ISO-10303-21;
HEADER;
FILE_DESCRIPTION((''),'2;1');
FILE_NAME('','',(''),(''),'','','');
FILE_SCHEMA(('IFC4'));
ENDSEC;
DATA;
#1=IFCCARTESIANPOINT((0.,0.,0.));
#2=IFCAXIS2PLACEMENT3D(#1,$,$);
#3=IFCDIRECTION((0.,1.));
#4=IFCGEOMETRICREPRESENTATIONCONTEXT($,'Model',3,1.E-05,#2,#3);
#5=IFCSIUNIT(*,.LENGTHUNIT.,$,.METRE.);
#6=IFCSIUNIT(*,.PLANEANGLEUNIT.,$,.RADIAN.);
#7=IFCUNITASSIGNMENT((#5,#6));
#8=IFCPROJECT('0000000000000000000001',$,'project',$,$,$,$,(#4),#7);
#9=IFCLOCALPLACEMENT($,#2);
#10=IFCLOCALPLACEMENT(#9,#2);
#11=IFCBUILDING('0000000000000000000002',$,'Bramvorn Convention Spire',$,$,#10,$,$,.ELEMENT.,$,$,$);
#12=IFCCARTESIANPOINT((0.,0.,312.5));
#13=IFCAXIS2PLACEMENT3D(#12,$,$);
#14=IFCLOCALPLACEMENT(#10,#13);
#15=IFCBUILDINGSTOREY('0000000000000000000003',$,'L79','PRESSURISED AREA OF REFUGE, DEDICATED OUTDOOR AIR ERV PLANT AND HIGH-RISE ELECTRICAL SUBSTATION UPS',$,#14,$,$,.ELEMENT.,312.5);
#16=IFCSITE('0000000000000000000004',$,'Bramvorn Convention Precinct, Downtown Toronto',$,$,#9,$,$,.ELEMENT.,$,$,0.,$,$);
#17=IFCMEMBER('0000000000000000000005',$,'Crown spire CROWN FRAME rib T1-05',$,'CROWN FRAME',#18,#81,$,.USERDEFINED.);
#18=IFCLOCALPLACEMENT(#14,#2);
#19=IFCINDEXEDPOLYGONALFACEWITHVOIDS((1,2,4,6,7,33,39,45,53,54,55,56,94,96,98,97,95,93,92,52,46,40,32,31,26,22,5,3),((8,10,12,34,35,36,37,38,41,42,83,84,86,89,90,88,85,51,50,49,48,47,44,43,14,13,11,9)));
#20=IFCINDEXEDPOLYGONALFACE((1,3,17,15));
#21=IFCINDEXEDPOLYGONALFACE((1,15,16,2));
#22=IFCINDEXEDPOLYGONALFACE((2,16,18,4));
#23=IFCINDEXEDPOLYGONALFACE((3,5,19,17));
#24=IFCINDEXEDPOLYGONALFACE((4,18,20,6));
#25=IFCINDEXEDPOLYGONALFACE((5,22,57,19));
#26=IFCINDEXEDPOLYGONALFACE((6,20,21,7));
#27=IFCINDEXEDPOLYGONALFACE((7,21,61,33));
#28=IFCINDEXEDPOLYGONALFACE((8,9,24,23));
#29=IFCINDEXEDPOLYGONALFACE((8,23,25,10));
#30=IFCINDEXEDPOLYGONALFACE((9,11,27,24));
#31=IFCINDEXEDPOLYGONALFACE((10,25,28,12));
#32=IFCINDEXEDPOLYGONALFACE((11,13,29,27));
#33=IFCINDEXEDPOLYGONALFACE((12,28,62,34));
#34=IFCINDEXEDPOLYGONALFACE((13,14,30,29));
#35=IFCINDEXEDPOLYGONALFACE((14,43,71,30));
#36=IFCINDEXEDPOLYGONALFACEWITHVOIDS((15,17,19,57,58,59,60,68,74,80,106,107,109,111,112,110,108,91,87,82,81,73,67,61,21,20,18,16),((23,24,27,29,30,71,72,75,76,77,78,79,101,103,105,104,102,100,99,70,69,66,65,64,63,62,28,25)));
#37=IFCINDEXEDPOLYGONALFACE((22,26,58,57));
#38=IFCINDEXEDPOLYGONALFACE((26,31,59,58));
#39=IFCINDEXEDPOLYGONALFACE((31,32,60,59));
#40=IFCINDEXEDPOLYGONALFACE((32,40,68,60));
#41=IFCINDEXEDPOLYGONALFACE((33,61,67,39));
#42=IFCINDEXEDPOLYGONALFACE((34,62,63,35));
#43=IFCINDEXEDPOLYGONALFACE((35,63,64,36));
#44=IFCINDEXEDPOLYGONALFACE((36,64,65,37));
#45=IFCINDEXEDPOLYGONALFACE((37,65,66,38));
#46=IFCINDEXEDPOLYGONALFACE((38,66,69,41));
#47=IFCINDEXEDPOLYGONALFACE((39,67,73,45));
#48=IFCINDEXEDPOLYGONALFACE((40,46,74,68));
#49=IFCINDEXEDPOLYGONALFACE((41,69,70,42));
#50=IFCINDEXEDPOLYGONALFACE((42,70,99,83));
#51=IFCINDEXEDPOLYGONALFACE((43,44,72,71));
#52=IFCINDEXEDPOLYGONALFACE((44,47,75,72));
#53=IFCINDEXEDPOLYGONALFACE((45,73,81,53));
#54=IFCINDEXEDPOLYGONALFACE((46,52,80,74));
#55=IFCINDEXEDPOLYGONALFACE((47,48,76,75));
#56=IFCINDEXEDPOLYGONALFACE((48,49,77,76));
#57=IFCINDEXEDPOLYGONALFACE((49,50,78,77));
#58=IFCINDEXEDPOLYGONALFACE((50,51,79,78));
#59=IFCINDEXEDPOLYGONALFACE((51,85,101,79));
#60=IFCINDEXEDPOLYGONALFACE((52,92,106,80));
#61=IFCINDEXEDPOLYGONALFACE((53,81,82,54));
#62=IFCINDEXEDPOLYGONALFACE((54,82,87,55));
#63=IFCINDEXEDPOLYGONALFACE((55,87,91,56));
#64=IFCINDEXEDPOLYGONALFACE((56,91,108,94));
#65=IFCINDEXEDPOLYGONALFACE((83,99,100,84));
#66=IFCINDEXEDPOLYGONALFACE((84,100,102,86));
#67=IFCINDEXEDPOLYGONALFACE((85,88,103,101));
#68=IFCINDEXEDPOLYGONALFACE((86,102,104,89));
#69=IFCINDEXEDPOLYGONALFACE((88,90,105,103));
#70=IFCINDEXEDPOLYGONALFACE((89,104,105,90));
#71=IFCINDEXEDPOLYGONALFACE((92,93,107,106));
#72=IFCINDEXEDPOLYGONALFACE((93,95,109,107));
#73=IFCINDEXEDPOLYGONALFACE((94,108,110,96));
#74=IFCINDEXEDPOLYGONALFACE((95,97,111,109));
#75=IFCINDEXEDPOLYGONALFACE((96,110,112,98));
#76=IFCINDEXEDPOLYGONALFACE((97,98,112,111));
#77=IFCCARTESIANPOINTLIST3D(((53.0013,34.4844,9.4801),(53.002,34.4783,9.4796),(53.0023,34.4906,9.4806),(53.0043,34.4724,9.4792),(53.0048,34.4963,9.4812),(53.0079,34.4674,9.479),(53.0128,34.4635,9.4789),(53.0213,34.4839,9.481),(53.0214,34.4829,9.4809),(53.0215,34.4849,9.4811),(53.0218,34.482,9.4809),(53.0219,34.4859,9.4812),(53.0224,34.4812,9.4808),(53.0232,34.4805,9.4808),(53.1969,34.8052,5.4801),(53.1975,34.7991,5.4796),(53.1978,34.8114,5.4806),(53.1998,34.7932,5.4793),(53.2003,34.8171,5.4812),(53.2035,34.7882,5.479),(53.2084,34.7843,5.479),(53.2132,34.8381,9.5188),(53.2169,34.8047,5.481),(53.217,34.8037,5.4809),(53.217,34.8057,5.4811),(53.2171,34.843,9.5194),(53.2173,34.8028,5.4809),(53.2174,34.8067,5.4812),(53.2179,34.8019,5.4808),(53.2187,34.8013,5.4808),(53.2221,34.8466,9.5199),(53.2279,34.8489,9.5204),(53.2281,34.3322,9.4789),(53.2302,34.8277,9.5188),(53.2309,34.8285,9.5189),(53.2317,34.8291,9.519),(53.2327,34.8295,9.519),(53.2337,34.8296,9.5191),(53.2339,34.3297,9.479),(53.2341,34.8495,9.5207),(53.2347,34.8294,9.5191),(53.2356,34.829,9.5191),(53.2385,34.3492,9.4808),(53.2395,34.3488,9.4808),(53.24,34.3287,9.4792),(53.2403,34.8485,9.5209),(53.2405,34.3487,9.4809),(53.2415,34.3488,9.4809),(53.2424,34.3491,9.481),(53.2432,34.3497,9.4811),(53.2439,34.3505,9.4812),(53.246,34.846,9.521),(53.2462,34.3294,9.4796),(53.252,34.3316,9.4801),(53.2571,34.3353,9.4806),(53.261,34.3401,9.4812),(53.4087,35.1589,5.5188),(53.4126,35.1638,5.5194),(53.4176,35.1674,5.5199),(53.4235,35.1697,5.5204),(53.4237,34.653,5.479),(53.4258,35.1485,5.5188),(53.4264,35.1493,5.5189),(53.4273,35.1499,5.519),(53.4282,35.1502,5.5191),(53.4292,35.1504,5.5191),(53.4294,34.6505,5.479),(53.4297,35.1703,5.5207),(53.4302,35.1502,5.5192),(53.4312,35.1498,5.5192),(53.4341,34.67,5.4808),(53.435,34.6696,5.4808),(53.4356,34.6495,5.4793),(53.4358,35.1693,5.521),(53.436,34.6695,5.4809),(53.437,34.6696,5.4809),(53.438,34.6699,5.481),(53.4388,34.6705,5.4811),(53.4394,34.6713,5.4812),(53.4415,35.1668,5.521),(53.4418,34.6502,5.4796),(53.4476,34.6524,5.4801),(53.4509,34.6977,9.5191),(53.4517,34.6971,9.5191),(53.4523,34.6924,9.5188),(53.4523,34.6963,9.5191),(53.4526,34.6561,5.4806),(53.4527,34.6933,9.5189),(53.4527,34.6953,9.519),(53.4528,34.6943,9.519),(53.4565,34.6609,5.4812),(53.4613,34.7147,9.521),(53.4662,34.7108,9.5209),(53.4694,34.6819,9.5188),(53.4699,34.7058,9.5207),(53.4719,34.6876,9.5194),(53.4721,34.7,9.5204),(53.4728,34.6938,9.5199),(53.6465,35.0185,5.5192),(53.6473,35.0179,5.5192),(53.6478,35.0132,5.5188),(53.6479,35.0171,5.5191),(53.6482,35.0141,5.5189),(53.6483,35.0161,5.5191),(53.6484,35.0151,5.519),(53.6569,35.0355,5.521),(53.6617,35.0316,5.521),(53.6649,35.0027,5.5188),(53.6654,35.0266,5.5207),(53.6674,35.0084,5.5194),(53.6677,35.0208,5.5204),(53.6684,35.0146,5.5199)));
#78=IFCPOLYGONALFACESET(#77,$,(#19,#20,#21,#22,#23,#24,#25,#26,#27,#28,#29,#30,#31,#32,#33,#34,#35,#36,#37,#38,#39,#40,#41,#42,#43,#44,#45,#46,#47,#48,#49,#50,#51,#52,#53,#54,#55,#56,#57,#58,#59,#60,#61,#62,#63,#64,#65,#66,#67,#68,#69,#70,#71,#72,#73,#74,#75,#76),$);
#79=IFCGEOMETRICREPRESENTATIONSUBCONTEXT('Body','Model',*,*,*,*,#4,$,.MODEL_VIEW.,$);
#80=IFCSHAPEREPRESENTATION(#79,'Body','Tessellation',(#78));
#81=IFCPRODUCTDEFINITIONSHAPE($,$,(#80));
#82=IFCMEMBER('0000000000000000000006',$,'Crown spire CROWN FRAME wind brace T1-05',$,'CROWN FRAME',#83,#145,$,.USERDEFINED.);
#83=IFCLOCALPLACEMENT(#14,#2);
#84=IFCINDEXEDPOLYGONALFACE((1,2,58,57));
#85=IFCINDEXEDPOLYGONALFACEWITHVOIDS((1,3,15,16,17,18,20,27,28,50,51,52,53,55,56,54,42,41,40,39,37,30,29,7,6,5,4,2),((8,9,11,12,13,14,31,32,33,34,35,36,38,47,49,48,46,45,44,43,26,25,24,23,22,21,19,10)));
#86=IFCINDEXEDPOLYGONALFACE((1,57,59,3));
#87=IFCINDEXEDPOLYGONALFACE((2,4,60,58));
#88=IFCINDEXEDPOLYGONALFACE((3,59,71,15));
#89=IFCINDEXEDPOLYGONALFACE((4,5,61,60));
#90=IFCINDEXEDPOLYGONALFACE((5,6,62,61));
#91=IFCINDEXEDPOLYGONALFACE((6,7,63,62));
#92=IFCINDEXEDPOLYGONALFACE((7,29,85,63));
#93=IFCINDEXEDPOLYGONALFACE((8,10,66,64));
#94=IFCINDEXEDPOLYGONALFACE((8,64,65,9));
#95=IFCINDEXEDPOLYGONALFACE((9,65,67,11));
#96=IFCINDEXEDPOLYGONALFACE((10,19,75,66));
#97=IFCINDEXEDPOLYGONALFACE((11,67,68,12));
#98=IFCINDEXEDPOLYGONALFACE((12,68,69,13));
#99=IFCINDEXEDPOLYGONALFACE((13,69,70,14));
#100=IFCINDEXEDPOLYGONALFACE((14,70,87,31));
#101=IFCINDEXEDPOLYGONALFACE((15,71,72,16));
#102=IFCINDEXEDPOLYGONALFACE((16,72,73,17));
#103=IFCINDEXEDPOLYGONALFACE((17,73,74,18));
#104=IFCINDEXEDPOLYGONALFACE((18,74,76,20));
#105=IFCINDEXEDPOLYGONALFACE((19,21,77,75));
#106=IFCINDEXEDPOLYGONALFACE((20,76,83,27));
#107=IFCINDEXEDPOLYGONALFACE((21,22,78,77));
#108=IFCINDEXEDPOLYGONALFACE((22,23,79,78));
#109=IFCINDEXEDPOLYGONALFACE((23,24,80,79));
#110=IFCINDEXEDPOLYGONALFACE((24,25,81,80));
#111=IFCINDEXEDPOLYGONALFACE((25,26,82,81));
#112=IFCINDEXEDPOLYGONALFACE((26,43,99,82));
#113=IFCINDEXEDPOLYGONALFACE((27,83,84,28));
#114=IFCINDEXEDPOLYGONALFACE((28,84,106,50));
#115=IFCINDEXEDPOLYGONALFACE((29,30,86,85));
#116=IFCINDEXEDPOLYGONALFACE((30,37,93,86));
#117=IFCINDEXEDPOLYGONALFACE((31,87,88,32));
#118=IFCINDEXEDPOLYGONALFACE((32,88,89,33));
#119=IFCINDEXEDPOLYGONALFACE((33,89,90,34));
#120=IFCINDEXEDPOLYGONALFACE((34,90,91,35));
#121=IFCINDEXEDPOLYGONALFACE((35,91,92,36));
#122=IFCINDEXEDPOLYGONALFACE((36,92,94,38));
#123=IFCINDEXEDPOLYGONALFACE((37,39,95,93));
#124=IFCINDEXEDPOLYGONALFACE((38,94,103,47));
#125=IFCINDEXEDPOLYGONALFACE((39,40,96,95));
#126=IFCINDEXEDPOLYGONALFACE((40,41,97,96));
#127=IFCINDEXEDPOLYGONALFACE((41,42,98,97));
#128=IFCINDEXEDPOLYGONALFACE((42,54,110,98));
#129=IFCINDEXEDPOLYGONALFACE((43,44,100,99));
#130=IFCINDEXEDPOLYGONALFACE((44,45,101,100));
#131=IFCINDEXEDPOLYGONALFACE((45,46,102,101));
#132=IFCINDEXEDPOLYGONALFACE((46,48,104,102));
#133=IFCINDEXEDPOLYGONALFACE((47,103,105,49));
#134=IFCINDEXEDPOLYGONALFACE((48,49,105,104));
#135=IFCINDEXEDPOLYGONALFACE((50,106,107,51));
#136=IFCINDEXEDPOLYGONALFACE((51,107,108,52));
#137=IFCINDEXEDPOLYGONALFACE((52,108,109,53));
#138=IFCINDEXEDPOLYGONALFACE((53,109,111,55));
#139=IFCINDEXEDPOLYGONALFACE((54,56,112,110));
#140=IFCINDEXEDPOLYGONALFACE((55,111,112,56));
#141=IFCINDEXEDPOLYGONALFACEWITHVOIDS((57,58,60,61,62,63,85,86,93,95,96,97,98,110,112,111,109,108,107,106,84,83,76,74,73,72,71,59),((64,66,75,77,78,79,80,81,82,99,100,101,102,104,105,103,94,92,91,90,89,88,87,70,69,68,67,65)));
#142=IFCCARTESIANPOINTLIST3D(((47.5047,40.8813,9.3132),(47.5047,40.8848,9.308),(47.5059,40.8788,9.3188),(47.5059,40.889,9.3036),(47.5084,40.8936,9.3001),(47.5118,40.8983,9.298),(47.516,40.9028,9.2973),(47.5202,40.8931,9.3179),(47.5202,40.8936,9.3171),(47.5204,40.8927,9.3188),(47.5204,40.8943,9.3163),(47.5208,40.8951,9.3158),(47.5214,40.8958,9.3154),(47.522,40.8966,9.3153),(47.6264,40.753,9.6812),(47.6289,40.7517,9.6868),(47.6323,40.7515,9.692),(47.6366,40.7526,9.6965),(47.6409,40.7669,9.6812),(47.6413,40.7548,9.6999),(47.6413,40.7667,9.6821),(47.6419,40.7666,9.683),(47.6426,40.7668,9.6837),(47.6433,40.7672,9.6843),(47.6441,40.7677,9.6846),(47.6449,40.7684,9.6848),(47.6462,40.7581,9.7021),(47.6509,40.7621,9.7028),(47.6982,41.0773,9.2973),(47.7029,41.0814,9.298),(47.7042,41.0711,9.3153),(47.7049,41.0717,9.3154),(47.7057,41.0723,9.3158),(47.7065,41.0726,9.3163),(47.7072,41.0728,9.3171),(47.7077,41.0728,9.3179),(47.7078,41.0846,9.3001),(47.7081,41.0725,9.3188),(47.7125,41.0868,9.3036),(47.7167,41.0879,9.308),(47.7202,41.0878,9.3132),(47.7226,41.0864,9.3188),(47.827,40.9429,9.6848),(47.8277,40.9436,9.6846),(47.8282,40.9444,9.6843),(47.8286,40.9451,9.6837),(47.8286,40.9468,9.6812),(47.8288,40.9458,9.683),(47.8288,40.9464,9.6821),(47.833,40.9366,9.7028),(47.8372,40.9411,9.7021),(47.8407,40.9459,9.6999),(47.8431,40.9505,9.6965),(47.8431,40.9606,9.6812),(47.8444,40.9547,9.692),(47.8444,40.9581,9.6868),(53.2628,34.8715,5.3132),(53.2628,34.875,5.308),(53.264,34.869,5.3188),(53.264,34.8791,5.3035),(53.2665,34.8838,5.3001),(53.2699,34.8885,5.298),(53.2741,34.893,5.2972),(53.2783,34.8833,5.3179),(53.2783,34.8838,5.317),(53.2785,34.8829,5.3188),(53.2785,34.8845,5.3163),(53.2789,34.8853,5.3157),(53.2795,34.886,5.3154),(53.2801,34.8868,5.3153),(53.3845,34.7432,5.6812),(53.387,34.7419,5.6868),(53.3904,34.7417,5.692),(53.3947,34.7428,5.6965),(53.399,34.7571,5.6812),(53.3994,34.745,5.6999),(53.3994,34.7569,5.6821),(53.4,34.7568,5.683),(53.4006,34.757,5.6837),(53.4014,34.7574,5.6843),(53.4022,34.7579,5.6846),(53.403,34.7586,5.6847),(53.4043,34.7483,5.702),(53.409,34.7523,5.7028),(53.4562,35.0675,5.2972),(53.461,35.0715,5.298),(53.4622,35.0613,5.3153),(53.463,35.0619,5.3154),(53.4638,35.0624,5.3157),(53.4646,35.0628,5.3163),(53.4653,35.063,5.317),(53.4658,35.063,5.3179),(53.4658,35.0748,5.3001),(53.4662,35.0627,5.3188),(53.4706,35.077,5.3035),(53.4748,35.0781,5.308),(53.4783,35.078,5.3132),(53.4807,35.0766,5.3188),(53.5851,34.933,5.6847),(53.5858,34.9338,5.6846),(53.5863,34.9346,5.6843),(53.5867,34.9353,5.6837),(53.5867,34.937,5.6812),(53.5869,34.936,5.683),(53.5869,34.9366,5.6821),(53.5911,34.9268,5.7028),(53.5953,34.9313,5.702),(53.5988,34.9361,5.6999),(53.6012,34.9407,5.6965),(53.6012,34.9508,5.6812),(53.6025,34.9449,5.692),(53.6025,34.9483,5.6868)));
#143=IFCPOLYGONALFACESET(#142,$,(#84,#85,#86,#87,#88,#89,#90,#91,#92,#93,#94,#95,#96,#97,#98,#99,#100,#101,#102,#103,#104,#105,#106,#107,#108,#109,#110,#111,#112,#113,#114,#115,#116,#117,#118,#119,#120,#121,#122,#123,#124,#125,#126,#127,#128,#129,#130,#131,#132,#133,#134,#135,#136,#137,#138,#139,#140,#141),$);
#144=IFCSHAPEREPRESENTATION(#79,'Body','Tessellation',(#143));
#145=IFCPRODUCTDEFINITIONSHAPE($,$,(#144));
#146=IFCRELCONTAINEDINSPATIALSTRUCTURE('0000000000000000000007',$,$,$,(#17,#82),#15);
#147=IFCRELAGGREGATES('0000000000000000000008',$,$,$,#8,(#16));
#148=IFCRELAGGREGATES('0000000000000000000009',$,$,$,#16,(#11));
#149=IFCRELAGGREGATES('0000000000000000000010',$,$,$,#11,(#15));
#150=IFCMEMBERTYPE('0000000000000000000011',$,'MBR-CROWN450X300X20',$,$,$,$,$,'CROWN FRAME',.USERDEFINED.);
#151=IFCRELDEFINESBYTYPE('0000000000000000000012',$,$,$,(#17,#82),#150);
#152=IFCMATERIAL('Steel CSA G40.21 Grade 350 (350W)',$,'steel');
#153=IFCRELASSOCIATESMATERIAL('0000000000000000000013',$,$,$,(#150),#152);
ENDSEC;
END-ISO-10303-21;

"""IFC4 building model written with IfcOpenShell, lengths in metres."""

from ifc_helpers import new_model, si_unit, direction, frame, origin, origin_2d, place, context, subcontext, project, spatial, hollow_rectangle, extrude, material, material_profile, profile_set, type_object, element, save


model = new_model("IFC4")

# Units and contexts
model_context = context("Model", 3, precision=1e-05, world=origin(), true_north=direction((0.0, 1.0)))
body_context = subcontext(model_context, "Body", "Model", "MODEL_VIEW")
ifc_project = project(units=[si_unit("LENGTHUNIT", "METRE"), si_unit("PLANEANGLEUNIT", "RADIAN")], contexts=[model_context])

# Site, building, storey
site_placement = place(None, origin())
site = spatial("IfcSite", under=ifc_project, at=site_placement, Name="Bramvorn Convention Precinct, Downtown Toronto", CompositionType="ELEMENT", RefElevation=0.0)
building_placement = place(site_placement, origin())
building = spatial("IfcBuilding", under=site, at=building_placement, Name="Bramvorn Convention Spire", CompositionType="ELEMENT")
storey_placement = place(building_placement, frame((0.0, 0.0, 312.5)))
storey = spatial("IfcBuildingStorey", under=building, at=storey_placement, Name="L79", Description="PRESSURISED AREA OF REFUGE, DEDICATED OUTDOOR AIR ERV PLANT AND HIGH-RISE ELECTRICAL SUBSTATION UPS", CompositionType="ELEMENT", Elevation=312.5)

# Shared definitions
ifc_material_1 = material(Name="Steel CSA G40.21 Grade 350 (350W)", Category="steel")

# Members
ifc_material_profile_1 = material_profile(ifc_material_1, hollow_rectangle(XDim=0.3, YDim=0.45, WallThickness=0.02, InnerFilletRadius=0.0039, OuterFilletRadius=0.0239, at=origin_2d()))
ifc_profile_set_1 = profile_set([ifc_material_profile_1], Name="Steel CSA G40.21 Grade 350 (350W) - CROWN450X300X20")
member_type_1 = type_object("IfcMemberType", Name="MBR-CROWN450X300X20", ElementType="CROWN FRAME", PredefinedType="USERDEFINED", material=ifc_profile_set_1)
member_1_placement = place(storey_placement, frame((53.4326, 34.9099, 5.5), z_axis=(-0.048675, -0.079849, 0.995618), x_axis=(0.85386, -0.520503, 0.0)))
element("IfcMember", 1, at=member_1_placement, inside=storey, type_object=member_type_1, Name="Crown spire CROWN FRAME rib T1-05", ObjectType="CROWN FRAME", PredefinedType="USERDEFINED", context=body_context, shape_type="SweptSolid", body=[
    extrude(hollow_rectangle(XDim=0.3, YDim=0.45, WallThickness=0.02, InnerFilletRadius=0.0039, OuterFilletRadius=0.0239, at=origin_2d()), origin(), (0.0, 0.0, 1.0), 4.0176),
])
member_2_placement = place(storey_placement, frame((53.4326, 34.9099, 5.5), z_axis=(-0.62355, 0.650808, 0.433167), x_axis=(-0.722066, -0.691824, 0.0)))
element("IfcMember", 2, at=member_2_placement, inside=storey, type_object=member_type_1, Name="Crown spire CROWN FRAME wind brace T1-05", ObjectType="CROWN FRAME", PredefinedType="USERDEFINED", context=body_context, shape_type="SweptSolid", body=[
    extrude(hollow_rectangle(XDim=0.3, YDim=0.45, WallThickness=0.02, InnerFilletRadius=0.0039, OuterFilletRadius=0.0239, at=origin_2d()), origin(), (0.0, 0.0, 1.0), 9.2344),
])

save(model, "model.ifc")
